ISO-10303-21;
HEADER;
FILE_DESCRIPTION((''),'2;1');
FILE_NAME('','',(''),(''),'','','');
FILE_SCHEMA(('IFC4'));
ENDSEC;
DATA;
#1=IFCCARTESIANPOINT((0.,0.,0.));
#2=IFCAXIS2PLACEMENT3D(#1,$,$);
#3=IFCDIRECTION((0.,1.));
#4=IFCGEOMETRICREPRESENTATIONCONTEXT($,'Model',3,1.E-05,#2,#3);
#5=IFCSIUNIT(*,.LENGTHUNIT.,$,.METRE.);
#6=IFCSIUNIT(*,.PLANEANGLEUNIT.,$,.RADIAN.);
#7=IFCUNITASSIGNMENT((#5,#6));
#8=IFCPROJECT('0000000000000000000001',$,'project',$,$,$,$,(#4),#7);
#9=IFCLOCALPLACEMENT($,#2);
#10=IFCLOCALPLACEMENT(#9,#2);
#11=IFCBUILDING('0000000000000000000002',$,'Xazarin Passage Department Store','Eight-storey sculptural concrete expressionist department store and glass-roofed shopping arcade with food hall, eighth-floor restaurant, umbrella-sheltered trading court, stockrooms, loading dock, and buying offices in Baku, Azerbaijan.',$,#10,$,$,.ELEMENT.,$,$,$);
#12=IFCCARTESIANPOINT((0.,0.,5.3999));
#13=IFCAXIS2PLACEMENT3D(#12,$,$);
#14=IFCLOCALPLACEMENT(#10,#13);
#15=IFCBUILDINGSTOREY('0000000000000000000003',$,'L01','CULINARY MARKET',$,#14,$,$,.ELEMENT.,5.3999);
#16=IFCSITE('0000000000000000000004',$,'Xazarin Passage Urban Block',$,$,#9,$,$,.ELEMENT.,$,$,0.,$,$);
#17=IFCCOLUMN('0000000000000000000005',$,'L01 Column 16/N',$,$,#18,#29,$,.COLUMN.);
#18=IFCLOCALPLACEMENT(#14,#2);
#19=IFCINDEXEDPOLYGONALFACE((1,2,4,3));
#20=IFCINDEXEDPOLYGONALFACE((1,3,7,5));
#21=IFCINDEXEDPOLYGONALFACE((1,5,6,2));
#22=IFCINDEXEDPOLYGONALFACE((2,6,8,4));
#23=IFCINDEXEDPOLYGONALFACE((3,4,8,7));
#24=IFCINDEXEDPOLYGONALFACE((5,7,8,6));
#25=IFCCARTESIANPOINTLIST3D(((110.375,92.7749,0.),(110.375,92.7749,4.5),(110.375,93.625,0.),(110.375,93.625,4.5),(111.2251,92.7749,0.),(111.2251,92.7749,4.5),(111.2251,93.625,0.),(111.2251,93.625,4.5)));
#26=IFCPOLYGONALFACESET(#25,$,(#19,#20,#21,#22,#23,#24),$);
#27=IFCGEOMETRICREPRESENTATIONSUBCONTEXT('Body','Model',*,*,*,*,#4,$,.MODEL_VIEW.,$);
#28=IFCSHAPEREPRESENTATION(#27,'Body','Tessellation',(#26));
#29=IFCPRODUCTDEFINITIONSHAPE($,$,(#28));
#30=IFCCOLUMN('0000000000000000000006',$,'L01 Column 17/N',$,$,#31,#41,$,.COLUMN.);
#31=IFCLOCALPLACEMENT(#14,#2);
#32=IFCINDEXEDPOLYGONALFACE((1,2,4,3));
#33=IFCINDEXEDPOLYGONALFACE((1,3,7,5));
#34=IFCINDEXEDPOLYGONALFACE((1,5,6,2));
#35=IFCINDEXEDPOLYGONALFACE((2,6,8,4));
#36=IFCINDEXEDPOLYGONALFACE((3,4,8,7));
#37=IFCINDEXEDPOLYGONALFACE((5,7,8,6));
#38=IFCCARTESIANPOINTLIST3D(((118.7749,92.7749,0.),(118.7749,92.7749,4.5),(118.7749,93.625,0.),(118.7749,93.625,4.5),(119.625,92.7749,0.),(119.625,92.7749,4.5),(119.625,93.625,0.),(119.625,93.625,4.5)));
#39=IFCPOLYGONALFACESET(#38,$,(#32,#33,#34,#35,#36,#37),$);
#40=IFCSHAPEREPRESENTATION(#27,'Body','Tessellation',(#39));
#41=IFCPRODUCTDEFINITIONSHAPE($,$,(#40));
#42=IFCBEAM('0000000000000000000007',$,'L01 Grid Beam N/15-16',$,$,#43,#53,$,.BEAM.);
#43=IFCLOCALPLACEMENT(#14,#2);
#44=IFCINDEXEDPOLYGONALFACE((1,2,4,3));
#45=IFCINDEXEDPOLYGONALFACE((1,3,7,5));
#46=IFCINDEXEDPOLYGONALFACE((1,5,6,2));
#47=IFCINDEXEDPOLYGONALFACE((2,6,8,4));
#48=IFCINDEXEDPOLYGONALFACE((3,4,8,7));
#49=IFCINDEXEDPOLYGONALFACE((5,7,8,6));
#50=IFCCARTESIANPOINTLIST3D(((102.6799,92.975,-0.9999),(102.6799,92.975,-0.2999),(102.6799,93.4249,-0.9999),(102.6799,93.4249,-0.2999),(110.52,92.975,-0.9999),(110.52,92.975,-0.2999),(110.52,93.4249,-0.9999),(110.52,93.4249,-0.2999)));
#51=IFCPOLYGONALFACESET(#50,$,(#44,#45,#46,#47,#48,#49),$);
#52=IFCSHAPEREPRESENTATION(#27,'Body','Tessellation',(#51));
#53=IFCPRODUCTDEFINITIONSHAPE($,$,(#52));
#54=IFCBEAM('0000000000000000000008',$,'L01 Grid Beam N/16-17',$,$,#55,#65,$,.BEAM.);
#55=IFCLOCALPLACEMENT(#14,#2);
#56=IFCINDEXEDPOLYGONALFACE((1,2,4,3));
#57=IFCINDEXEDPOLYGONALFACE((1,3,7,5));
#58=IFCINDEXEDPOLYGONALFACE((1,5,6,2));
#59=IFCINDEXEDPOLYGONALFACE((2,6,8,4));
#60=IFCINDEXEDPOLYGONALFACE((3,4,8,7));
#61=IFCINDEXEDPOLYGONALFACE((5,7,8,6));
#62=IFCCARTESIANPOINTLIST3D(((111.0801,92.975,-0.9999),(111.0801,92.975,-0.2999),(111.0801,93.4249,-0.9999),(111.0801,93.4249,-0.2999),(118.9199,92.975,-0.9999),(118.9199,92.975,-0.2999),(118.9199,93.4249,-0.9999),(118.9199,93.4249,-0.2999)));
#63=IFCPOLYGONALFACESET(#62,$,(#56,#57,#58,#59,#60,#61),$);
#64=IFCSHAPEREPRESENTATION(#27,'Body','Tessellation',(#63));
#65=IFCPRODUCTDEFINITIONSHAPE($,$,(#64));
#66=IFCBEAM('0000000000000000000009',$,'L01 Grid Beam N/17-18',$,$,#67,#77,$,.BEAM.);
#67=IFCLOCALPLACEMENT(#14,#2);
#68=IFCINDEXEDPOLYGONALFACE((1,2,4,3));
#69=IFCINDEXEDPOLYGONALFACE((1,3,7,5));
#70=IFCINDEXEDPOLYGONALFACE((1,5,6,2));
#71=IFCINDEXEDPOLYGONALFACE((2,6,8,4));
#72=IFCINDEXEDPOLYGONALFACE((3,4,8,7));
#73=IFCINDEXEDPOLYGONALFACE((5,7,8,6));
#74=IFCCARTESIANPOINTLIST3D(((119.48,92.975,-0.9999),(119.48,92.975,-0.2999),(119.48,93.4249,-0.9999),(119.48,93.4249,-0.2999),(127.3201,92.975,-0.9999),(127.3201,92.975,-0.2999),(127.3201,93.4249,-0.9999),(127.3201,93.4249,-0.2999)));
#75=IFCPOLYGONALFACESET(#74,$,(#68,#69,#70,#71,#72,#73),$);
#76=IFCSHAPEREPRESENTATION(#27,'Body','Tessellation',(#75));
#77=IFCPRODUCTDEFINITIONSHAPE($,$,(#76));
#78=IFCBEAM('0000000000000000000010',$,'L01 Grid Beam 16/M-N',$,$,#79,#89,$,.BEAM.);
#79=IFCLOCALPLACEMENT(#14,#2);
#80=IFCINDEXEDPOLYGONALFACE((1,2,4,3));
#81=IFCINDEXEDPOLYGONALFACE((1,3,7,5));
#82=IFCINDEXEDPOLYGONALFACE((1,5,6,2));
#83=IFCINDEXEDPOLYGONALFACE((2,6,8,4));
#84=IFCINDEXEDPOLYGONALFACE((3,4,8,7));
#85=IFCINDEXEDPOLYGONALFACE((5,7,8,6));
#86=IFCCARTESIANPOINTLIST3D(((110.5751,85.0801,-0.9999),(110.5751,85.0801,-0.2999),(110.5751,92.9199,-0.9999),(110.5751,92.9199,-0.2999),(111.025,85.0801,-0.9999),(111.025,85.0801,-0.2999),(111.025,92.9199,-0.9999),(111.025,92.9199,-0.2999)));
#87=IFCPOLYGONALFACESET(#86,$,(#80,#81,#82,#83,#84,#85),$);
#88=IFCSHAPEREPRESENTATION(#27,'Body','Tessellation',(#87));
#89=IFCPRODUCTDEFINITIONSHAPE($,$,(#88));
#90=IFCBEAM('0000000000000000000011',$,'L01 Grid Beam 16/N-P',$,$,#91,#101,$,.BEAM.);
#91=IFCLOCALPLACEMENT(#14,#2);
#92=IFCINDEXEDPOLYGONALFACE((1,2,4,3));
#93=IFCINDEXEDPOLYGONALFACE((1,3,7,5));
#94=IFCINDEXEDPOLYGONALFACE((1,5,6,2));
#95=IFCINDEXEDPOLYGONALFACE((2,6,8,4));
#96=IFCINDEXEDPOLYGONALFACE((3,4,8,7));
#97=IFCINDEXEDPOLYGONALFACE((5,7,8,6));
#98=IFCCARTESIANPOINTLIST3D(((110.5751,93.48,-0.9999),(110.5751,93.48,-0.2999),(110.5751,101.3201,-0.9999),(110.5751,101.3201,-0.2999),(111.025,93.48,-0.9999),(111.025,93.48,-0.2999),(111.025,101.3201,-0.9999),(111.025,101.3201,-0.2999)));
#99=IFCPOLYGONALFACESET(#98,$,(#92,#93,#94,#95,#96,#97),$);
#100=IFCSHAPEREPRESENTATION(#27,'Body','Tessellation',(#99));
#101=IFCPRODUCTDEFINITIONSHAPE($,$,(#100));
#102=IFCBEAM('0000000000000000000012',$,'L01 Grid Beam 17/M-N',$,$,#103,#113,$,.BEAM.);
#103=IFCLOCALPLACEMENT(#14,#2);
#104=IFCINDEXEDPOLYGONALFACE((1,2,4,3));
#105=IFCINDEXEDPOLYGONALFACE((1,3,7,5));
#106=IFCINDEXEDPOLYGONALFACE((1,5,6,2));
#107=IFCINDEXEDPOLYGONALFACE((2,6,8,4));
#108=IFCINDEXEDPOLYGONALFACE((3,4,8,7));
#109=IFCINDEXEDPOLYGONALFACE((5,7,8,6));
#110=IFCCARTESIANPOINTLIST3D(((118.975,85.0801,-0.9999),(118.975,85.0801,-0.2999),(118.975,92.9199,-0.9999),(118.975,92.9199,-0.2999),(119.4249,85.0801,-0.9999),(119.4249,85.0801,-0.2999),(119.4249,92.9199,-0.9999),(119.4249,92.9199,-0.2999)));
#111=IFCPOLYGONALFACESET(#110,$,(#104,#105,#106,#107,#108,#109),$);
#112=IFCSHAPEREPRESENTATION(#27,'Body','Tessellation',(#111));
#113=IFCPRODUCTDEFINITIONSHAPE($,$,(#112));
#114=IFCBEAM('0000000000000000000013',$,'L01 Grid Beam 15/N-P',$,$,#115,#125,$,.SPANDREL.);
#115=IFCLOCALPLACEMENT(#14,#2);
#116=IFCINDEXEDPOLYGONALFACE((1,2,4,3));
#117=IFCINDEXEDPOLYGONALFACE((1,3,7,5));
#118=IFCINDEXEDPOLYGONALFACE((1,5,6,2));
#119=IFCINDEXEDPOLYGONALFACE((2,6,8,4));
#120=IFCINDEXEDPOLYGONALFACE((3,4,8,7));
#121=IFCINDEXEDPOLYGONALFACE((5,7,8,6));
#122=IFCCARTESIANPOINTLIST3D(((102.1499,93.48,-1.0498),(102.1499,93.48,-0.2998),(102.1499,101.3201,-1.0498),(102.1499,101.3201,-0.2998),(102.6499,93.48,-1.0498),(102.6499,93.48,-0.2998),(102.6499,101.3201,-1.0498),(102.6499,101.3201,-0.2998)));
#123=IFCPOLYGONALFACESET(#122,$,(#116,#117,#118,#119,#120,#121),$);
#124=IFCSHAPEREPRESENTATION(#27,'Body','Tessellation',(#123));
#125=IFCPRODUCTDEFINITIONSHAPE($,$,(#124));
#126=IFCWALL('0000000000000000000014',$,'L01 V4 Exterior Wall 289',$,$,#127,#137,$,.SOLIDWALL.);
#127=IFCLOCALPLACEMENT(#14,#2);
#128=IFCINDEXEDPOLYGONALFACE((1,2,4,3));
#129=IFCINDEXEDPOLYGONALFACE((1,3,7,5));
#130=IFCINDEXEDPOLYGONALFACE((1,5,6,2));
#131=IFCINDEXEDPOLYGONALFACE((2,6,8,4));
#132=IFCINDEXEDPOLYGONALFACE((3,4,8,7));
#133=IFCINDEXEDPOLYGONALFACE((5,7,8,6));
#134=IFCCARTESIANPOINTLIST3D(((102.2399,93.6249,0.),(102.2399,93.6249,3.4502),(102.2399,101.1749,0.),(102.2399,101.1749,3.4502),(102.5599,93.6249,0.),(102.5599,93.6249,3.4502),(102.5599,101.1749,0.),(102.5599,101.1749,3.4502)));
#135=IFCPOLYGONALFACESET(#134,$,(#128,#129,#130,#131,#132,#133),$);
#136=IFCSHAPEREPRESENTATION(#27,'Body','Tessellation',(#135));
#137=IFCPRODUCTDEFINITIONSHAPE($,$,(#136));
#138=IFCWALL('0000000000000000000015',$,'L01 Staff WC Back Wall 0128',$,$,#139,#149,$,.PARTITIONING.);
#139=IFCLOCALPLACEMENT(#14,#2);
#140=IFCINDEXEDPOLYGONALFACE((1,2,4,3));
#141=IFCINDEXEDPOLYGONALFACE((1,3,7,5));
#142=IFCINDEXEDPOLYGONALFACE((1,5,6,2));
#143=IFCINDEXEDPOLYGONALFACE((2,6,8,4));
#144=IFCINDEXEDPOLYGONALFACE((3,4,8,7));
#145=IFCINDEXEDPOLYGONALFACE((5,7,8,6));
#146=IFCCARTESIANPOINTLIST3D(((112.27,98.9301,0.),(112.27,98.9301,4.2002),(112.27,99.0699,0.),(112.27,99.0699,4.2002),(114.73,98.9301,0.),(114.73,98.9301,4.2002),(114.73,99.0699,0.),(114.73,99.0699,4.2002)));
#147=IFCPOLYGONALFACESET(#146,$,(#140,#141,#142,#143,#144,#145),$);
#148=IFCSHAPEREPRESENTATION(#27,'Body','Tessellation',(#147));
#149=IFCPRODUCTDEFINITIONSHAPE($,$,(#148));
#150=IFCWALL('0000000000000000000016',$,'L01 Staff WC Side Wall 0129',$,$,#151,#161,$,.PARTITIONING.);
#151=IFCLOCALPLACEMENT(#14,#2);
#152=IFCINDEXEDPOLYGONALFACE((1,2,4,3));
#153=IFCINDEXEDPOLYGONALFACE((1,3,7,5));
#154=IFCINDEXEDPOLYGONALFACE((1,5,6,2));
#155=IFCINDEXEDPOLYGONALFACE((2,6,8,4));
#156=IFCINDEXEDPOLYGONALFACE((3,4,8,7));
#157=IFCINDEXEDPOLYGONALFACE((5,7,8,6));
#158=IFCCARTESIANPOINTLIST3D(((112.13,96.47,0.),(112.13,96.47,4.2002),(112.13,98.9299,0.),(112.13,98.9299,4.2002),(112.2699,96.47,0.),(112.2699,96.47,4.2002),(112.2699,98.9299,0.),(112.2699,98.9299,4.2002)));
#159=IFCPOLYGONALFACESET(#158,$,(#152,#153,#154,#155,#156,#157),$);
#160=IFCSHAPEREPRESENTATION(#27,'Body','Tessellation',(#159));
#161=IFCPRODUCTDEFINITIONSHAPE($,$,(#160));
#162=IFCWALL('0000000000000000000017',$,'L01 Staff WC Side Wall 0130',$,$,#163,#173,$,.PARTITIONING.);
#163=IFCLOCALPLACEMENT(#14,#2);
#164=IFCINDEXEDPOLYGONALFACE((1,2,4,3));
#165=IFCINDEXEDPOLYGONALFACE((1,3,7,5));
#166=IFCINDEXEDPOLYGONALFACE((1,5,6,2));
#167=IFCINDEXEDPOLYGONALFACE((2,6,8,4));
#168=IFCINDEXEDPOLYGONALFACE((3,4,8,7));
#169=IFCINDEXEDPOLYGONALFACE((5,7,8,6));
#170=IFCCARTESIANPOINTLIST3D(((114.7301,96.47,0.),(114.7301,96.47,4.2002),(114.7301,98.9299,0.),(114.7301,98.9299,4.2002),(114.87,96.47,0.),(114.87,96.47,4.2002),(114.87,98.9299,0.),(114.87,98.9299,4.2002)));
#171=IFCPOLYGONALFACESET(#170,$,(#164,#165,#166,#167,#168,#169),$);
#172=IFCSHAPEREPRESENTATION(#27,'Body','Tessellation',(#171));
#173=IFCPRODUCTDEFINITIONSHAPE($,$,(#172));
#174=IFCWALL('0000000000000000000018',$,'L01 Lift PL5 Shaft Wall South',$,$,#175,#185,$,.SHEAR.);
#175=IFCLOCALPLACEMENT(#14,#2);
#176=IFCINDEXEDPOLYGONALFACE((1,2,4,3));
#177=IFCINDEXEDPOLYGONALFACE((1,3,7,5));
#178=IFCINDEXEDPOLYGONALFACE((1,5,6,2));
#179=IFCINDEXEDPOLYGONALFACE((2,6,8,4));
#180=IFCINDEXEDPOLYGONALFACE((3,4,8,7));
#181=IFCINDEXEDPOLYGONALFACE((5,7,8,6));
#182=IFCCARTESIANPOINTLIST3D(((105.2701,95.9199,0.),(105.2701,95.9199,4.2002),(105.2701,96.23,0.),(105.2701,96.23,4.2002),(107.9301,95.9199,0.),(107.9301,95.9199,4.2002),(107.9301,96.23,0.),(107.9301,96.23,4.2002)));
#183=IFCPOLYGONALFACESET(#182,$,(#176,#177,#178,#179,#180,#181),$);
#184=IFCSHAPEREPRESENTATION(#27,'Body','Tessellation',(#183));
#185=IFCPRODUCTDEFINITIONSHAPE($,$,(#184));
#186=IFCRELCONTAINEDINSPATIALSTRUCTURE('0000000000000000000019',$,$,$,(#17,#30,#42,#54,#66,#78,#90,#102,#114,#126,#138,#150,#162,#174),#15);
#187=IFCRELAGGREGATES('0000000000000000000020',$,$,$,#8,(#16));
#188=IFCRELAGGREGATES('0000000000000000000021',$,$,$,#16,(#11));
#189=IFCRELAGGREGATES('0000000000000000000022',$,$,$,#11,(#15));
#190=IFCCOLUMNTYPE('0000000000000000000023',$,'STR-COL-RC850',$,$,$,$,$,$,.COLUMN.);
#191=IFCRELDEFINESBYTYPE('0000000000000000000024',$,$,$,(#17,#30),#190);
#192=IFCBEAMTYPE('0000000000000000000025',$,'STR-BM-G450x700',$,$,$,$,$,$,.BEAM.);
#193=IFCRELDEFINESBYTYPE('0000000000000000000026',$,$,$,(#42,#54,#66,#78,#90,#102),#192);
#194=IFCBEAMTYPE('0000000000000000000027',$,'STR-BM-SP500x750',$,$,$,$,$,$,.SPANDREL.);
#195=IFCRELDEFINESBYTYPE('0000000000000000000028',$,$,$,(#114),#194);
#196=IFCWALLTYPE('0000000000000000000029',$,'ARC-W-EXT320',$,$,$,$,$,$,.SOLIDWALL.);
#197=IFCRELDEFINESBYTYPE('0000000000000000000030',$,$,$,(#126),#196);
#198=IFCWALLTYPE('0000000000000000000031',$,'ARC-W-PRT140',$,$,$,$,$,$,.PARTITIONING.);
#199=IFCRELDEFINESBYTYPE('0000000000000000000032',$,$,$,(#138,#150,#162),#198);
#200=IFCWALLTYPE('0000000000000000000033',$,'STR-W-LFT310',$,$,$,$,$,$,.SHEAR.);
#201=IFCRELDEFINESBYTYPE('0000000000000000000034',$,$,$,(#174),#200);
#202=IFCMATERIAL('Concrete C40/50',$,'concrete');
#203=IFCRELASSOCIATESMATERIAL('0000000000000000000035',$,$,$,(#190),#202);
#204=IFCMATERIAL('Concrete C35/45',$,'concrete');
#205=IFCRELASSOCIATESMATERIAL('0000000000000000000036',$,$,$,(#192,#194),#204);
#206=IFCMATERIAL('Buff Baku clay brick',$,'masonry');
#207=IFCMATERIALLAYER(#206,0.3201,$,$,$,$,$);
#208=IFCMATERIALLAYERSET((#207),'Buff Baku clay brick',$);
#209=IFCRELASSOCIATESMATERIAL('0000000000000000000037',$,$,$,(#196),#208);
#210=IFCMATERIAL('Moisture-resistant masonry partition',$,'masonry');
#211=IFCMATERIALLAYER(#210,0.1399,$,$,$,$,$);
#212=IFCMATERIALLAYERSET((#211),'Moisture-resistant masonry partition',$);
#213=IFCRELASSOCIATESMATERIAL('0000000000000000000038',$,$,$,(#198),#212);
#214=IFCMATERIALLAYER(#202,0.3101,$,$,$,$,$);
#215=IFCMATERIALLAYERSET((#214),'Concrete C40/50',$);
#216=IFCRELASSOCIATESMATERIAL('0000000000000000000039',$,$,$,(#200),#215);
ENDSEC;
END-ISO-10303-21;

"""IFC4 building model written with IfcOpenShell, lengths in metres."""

from ifc_helpers import new_model, si_unit, direction, frame, frame_2d, origin, origin_2d, place, context, subcontext, project, spatial, rectangle, extrude, material, layer, layer_set, material_profile, profile_set, type_object, element, save


model = new_model("IFC4")

# Units and contexts
model_context = context("Model", 3, precision=1e-05, world=origin(), true_north=direction((0.0, 1.0)))
body_context = subcontext(model_context, "Body", "Model", "MODEL_VIEW")
ifc_project = project(units=[si_unit("LENGTHUNIT", "METRE"), si_unit("PLANEANGLEUNIT", "RADIAN")], contexts=[model_context])

# Site, building, storey
site_placement = place(None, origin())
site = spatial("IfcSite", under=ifc_project, at=site_placement, Name="Xazarin Passage Urban Block", CompositionType="ELEMENT", RefElevation=0.0)
building_placement = place(site_placement, origin())
building = spatial("IfcBuilding", under=site, at=building_placement, Name="Xazarin Passage Department Store", Description="Eight-storey sculptural concrete expressionist department store and glass-roofed shopping arcade with food hall, eighth-floor restaurant, umbrella-sheltered trading court, stockrooms, loading dock, and buying offices in Baku, Azerbaijan.", CompositionType="ELEMENT")
storey_placement = place(building_placement, frame((0.0, 0.0, 5.3999)))
storey = spatial("IfcBuildingStorey", under=building, at=storey_placement, Name="L01", Description="CULINARY MARKET", CompositionType="ELEMENT", Elevation=5.3999)

# Columns
ifc_material_1 = material(Name="Concrete C40/50", Category="concrete")
ifc_material_profile_1 = material_profile(ifc_material_1, rectangle(XDim=0.8501, YDim=0.8501, at=origin_2d()), Name="RC 850x850")
ifc_profile_set_1 = profile_set([ifc_material_profile_1], Name="Concrete C40/50")
column_type = type_object("IfcColumnType", Name="STR-COL-RC850", PredefinedType="COLUMN", material=ifc_profile_set_1)
for number, where, z_axis, x_axis, name in (
    (1, (110.8, 93.2, 0.0), (0.0, 0.0, 1.0), (1.0, 0.0, 0.0), "L01 Column 16/N"),
    (2, (119.2, 93.2, 0.0), (0.0, 0.0, 1.0), (1.0, 0.0, 0.0), "L01 Column 17/N"),
):
    element("IfcColumn", number, at=place(storey_placement, frame(where, z_axis=z_axis, x_axis=x_axis)), inside=storey, type_object=column_type, Name=name, PredefinedType="COLUMN", context=body_context, shape_type="SweptSolid", body=[
        extrude(rectangle(XDim=0.8501, YDim=0.8501, at=origin_2d()), origin(), (0.0, 0.0, 1.0), 4.5),
    ])

# Beams
ifc_material_2 = material(Name="Concrete C35/45", Category="concrete")
ifc_material_profile_2 = material_profile(ifc_material_2, rectangle(XDim=0.45, YDim=0.7, at=origin_2d()), Name="RC 450x700")
ifc_profile_set_2 = profile_set([ifc_material_profile_2], Name="Concrete C35/45")
beam_type_1 = type_object("IfcBeamType", Name="STR-BM-G450x700", PredefinedType="BEAM", material=ifc_profile_set_2)
beam_1_placement = place(storey_placement, frame((102.6799, 93.2, -0.6499), z_axis=(1.0, 0.0, 0.0), x_axis=(0.0, 1.0, 0.0)))
element("IfcBeam", 3, at=beam_1_placement, inside=storey, type_object=beam_type_1, Name="L01 Grid Beam N/15-16", PredefinedType="BEAM", context=body_context, shape_type="SweptSolid", body=[
    extrude(rectangle(XDim=0.45, YDim=0.7, at=origin_2d()), origin(), (0.0, 0.0, 1.0), 7.8401),
])
beam_2_placement = place(storey_placement, frame((111.0801, 93.2, -0.6499), z_axis=(1.0, 0.0, 0.0), x_axis=(0.0, 1.0, 0.0)))
element("IfcBeam", 4, at=beam_2_placement, inside=storey, type_object=beam_type_1, Name="L01 Grid Beam N/16-17", PredefinedType="BEAM", context=body_context, shape_type="SweptSolid", body=[
    extrude(rectangle(XDim=0.45, YDim=0.7, at=origin_2d()), origin(), (0.0, 0.0, 1.0), 7.8398),
])
beam_3_placement = place(storey_placement, frame((119.48, 93.2, -0.6499), z_axis=(1.0, 0.0, 0.0), x_axis=(0.0, 1.0, 0.0)))
element("IfcBeam", 5, at=beam_3_placement, inside=storey, type_object=beam_type_1, Name="L01 Grid Beam N/17-18", PredefinedType="BEAM", context=body_context, shape_type="SweptSolid", body=[
    extrude(rectangle(XDim=0.45, YDim=0.7, at=origin_2d()), origin(), (0.0, 0.0, 1.0), 7.8401),
])
beam_4_placement = place(storey_placement, frame((110.8, 85.0801, -0.6499), z_axis=(0.0, 1.0, 0.0), x_axis=(-1.0, 0.0, 0.0)))
element("IfcBeam", 6, at=beam_4_placement, inside=storey, type_object=beam_type_1, Name="L01 Grid Beam 16/M-N", PredefinedType="BEAM", context=body_context, shape_type="SweptSolid", body=[
    extrude(rectangle(XDim=0.45, YDim=0.7, at=origin_2d()), origin(), (0.0, 0.0, 1.0), 7.8398),
])
beam_5_placement = place(storey_placement, frame((110.8, 93.48, -0.6499), z_axis=(0.0, 1.0, 0.0), x_axis=(-1.0, 0.0, 0.0)))
element("IfcBeam", 7, at=beam_5_placement, inside=storey, type_object=beam_type_1, Name="L01 Grid Beam 16/N-P", PredefinedType="BEAM", context=body_context, shape_type="SweptSolid", body=[
    extrude(rectangle(XDim=0.45, YDim=0.7, at=origin_2d()), origin(), (0.0, 0.0, 1.0), 7.8401),
])
beam_6_placement = place(storey_placement, frame((119.2, 85.0801, -0.6499), z_axis=(0.0, 1.0, 0.0), x_axis=(-1.0, 0.0, 0.0)))
element("IfcBeam", 8, at=beam_6_placement, inside=storey, type_object=beam_type_1, Name="L01 Grid Beam 17/M-N", PredefinedType="BEAM", context=body_context, shape_type="SweptSolid", body=[
    extrude(rectangle(XDim=0.45, YDim=0.7, at=origin_2d()), origin(), (0.0, 0.0, 1.0), 7.8398),
])
ifc_material_profile_3 = material_profile(ifc_material_2, rectangle(XDim=0.5, YDim=0.75, at=origin_2d()), Name="RC 500x750")
ifc_profile_set_3 = profile_set([ifc_material_profile_3], Name="Concrete C35/45")
beam_type_2 = type_object("IfcBeamType", Name="STR-BM-SP500x750", PredefinedType="SPANDREL", material=ifc_profile_set_3)
beam_7_placement = place(storey_placement, frame((102.3999, 93.48, -0.6748), z_axis=(0.0, 1.0, 0.0), x_axis=(-1.0, 0.0, 0.0)))
element("IfcBeam", 9, at=beam_7_placement, inside=storey, type_object=beam_type_2, Name="L01 Grid Beam 15/N-P", PredefinedType="SPANDREL", context=body_context, shape_type="SweptSolid", body=[
    extrude(rectangle(XDim=0.5, YDim=0.75, at=origin_2d()), origin(), (0.0, 0.0, 1.0), 7.8401),
])

# Wall
ifc_material_3 = material(Name="Buff Baku clay brick", Category="masonry")
ifc_layer_1 = layer(ifc_material_3, 0.3201)
ifc_layer_set_1 = layer_set([ifc_layer_1], Name="Buff Baku clay brick")
wall_type_1 = type_object("IfcWallType", Name="ARC-W-EXT320", PredefinedType="SOLIDWALL", material=ifc_layer_set_1)
wall_1_placement = place(storey_placement, frame((102.3999, 93.625, 0.0), z_axis=(0.0, 0.0, 1.0), x_axis=(0.0, 1.0, 0.0)))
element("IfcWall", 10, at=wall_1_placement, inside=storey, type_object=wall_type_1, Name="L01 V4 Exterior Wall 289", PredefinedType="SOLIDWALL", context=body_context, shape_type="SweptSolid", body=[
    extrude(rectangle(XDim=7.55, YDim=0.3201, at=frame_2d((3.7749, 0.0))), origin(), (0.0, 0.0, 1.0), 3.4502),
])

# Shared definitions
ifc_material_4 = material(Name="Moisture-resistant masonry partition", Category="masonry")
ifc_layer_2 = layer(ifc_material_4, 0.1399)
ifc_layer_set_2 = layer_set([ifc_layer_2], Name="Moisture-resistant masonry partition")
wall_type_2 = type_object("IfcWallType", Name="ARC-W-PRT140", PredefinedType="PARTITIONING", material=ifc_layer_set_2)

# Walls
for number, where, z_axis, x_axis, name in (
    (11, (112.27, 99.0, 0.0), (0.0, 0.0, 1.0), (1.0, 0.0, 0.0), "L01 Staff WC Back Wall 0128"),
    (12, (112.2, 96.47, 0.0), (0.0, 0.0, 1.0), (0.0, 1.0, 0.0), "L01 Staff WC Side Wall 0129"),
    (13, (114.8, 96.47, 0.0), (0.0, 0.0, 1.0), (0.0, 1.0, 0.0), "L01 Staff WC Side Wall 0130"),
):
    element("IfcWall", number, at=place(storey_placement, frame(where, z_axis=z_axis, x_axis=x_axis)), inside=storey, type_object=wall_type_2, Name=name, PredefinedType="PARTITIONING", context=body_context, shape_type="SweptSolid", body=[
        extrude(rectangle(XDim=2.46, YDim=0.1399, at=frame_2d((1.23, 0.0))), origin(), (0.0, 0.0, 1.0), 4.2002),
    ])
ifc_layer_3 = layer(ifc_material_1, 0.3101)
ifc_layer_set_3 = layer_set([ifc_layer_3], Name="Concrete C40/50")
wall_type_3 = type_object("IfcWallType", Name="STR-W-LFT310", PredefinedType="SHEAR", material=ifc_layer_set_3)
wall_2_placement = place(storey_placement, frame((105.27, 96.075, 0.0), z_axis=(0.0, 0.0, 1.0), x_axis=(1.0, 0.0, 0.0)))
element("IfcWall", 14, at=wall_2_placement, inside=storey, type_object=wall_type_3, Name="L01 Lift PL5 Shaft Wall South", PredefinedType="SHEAR", context=body_context, shape_type="SweptSolid", body=[
    extrude(rectangle(XDim=2.6599, YDim=0.3101, at=frame_2d((1.3301, 0.0))), origin(), (0.0, 0.0, 1.0), 4.2002),
])

save(model, "model.ifc")
